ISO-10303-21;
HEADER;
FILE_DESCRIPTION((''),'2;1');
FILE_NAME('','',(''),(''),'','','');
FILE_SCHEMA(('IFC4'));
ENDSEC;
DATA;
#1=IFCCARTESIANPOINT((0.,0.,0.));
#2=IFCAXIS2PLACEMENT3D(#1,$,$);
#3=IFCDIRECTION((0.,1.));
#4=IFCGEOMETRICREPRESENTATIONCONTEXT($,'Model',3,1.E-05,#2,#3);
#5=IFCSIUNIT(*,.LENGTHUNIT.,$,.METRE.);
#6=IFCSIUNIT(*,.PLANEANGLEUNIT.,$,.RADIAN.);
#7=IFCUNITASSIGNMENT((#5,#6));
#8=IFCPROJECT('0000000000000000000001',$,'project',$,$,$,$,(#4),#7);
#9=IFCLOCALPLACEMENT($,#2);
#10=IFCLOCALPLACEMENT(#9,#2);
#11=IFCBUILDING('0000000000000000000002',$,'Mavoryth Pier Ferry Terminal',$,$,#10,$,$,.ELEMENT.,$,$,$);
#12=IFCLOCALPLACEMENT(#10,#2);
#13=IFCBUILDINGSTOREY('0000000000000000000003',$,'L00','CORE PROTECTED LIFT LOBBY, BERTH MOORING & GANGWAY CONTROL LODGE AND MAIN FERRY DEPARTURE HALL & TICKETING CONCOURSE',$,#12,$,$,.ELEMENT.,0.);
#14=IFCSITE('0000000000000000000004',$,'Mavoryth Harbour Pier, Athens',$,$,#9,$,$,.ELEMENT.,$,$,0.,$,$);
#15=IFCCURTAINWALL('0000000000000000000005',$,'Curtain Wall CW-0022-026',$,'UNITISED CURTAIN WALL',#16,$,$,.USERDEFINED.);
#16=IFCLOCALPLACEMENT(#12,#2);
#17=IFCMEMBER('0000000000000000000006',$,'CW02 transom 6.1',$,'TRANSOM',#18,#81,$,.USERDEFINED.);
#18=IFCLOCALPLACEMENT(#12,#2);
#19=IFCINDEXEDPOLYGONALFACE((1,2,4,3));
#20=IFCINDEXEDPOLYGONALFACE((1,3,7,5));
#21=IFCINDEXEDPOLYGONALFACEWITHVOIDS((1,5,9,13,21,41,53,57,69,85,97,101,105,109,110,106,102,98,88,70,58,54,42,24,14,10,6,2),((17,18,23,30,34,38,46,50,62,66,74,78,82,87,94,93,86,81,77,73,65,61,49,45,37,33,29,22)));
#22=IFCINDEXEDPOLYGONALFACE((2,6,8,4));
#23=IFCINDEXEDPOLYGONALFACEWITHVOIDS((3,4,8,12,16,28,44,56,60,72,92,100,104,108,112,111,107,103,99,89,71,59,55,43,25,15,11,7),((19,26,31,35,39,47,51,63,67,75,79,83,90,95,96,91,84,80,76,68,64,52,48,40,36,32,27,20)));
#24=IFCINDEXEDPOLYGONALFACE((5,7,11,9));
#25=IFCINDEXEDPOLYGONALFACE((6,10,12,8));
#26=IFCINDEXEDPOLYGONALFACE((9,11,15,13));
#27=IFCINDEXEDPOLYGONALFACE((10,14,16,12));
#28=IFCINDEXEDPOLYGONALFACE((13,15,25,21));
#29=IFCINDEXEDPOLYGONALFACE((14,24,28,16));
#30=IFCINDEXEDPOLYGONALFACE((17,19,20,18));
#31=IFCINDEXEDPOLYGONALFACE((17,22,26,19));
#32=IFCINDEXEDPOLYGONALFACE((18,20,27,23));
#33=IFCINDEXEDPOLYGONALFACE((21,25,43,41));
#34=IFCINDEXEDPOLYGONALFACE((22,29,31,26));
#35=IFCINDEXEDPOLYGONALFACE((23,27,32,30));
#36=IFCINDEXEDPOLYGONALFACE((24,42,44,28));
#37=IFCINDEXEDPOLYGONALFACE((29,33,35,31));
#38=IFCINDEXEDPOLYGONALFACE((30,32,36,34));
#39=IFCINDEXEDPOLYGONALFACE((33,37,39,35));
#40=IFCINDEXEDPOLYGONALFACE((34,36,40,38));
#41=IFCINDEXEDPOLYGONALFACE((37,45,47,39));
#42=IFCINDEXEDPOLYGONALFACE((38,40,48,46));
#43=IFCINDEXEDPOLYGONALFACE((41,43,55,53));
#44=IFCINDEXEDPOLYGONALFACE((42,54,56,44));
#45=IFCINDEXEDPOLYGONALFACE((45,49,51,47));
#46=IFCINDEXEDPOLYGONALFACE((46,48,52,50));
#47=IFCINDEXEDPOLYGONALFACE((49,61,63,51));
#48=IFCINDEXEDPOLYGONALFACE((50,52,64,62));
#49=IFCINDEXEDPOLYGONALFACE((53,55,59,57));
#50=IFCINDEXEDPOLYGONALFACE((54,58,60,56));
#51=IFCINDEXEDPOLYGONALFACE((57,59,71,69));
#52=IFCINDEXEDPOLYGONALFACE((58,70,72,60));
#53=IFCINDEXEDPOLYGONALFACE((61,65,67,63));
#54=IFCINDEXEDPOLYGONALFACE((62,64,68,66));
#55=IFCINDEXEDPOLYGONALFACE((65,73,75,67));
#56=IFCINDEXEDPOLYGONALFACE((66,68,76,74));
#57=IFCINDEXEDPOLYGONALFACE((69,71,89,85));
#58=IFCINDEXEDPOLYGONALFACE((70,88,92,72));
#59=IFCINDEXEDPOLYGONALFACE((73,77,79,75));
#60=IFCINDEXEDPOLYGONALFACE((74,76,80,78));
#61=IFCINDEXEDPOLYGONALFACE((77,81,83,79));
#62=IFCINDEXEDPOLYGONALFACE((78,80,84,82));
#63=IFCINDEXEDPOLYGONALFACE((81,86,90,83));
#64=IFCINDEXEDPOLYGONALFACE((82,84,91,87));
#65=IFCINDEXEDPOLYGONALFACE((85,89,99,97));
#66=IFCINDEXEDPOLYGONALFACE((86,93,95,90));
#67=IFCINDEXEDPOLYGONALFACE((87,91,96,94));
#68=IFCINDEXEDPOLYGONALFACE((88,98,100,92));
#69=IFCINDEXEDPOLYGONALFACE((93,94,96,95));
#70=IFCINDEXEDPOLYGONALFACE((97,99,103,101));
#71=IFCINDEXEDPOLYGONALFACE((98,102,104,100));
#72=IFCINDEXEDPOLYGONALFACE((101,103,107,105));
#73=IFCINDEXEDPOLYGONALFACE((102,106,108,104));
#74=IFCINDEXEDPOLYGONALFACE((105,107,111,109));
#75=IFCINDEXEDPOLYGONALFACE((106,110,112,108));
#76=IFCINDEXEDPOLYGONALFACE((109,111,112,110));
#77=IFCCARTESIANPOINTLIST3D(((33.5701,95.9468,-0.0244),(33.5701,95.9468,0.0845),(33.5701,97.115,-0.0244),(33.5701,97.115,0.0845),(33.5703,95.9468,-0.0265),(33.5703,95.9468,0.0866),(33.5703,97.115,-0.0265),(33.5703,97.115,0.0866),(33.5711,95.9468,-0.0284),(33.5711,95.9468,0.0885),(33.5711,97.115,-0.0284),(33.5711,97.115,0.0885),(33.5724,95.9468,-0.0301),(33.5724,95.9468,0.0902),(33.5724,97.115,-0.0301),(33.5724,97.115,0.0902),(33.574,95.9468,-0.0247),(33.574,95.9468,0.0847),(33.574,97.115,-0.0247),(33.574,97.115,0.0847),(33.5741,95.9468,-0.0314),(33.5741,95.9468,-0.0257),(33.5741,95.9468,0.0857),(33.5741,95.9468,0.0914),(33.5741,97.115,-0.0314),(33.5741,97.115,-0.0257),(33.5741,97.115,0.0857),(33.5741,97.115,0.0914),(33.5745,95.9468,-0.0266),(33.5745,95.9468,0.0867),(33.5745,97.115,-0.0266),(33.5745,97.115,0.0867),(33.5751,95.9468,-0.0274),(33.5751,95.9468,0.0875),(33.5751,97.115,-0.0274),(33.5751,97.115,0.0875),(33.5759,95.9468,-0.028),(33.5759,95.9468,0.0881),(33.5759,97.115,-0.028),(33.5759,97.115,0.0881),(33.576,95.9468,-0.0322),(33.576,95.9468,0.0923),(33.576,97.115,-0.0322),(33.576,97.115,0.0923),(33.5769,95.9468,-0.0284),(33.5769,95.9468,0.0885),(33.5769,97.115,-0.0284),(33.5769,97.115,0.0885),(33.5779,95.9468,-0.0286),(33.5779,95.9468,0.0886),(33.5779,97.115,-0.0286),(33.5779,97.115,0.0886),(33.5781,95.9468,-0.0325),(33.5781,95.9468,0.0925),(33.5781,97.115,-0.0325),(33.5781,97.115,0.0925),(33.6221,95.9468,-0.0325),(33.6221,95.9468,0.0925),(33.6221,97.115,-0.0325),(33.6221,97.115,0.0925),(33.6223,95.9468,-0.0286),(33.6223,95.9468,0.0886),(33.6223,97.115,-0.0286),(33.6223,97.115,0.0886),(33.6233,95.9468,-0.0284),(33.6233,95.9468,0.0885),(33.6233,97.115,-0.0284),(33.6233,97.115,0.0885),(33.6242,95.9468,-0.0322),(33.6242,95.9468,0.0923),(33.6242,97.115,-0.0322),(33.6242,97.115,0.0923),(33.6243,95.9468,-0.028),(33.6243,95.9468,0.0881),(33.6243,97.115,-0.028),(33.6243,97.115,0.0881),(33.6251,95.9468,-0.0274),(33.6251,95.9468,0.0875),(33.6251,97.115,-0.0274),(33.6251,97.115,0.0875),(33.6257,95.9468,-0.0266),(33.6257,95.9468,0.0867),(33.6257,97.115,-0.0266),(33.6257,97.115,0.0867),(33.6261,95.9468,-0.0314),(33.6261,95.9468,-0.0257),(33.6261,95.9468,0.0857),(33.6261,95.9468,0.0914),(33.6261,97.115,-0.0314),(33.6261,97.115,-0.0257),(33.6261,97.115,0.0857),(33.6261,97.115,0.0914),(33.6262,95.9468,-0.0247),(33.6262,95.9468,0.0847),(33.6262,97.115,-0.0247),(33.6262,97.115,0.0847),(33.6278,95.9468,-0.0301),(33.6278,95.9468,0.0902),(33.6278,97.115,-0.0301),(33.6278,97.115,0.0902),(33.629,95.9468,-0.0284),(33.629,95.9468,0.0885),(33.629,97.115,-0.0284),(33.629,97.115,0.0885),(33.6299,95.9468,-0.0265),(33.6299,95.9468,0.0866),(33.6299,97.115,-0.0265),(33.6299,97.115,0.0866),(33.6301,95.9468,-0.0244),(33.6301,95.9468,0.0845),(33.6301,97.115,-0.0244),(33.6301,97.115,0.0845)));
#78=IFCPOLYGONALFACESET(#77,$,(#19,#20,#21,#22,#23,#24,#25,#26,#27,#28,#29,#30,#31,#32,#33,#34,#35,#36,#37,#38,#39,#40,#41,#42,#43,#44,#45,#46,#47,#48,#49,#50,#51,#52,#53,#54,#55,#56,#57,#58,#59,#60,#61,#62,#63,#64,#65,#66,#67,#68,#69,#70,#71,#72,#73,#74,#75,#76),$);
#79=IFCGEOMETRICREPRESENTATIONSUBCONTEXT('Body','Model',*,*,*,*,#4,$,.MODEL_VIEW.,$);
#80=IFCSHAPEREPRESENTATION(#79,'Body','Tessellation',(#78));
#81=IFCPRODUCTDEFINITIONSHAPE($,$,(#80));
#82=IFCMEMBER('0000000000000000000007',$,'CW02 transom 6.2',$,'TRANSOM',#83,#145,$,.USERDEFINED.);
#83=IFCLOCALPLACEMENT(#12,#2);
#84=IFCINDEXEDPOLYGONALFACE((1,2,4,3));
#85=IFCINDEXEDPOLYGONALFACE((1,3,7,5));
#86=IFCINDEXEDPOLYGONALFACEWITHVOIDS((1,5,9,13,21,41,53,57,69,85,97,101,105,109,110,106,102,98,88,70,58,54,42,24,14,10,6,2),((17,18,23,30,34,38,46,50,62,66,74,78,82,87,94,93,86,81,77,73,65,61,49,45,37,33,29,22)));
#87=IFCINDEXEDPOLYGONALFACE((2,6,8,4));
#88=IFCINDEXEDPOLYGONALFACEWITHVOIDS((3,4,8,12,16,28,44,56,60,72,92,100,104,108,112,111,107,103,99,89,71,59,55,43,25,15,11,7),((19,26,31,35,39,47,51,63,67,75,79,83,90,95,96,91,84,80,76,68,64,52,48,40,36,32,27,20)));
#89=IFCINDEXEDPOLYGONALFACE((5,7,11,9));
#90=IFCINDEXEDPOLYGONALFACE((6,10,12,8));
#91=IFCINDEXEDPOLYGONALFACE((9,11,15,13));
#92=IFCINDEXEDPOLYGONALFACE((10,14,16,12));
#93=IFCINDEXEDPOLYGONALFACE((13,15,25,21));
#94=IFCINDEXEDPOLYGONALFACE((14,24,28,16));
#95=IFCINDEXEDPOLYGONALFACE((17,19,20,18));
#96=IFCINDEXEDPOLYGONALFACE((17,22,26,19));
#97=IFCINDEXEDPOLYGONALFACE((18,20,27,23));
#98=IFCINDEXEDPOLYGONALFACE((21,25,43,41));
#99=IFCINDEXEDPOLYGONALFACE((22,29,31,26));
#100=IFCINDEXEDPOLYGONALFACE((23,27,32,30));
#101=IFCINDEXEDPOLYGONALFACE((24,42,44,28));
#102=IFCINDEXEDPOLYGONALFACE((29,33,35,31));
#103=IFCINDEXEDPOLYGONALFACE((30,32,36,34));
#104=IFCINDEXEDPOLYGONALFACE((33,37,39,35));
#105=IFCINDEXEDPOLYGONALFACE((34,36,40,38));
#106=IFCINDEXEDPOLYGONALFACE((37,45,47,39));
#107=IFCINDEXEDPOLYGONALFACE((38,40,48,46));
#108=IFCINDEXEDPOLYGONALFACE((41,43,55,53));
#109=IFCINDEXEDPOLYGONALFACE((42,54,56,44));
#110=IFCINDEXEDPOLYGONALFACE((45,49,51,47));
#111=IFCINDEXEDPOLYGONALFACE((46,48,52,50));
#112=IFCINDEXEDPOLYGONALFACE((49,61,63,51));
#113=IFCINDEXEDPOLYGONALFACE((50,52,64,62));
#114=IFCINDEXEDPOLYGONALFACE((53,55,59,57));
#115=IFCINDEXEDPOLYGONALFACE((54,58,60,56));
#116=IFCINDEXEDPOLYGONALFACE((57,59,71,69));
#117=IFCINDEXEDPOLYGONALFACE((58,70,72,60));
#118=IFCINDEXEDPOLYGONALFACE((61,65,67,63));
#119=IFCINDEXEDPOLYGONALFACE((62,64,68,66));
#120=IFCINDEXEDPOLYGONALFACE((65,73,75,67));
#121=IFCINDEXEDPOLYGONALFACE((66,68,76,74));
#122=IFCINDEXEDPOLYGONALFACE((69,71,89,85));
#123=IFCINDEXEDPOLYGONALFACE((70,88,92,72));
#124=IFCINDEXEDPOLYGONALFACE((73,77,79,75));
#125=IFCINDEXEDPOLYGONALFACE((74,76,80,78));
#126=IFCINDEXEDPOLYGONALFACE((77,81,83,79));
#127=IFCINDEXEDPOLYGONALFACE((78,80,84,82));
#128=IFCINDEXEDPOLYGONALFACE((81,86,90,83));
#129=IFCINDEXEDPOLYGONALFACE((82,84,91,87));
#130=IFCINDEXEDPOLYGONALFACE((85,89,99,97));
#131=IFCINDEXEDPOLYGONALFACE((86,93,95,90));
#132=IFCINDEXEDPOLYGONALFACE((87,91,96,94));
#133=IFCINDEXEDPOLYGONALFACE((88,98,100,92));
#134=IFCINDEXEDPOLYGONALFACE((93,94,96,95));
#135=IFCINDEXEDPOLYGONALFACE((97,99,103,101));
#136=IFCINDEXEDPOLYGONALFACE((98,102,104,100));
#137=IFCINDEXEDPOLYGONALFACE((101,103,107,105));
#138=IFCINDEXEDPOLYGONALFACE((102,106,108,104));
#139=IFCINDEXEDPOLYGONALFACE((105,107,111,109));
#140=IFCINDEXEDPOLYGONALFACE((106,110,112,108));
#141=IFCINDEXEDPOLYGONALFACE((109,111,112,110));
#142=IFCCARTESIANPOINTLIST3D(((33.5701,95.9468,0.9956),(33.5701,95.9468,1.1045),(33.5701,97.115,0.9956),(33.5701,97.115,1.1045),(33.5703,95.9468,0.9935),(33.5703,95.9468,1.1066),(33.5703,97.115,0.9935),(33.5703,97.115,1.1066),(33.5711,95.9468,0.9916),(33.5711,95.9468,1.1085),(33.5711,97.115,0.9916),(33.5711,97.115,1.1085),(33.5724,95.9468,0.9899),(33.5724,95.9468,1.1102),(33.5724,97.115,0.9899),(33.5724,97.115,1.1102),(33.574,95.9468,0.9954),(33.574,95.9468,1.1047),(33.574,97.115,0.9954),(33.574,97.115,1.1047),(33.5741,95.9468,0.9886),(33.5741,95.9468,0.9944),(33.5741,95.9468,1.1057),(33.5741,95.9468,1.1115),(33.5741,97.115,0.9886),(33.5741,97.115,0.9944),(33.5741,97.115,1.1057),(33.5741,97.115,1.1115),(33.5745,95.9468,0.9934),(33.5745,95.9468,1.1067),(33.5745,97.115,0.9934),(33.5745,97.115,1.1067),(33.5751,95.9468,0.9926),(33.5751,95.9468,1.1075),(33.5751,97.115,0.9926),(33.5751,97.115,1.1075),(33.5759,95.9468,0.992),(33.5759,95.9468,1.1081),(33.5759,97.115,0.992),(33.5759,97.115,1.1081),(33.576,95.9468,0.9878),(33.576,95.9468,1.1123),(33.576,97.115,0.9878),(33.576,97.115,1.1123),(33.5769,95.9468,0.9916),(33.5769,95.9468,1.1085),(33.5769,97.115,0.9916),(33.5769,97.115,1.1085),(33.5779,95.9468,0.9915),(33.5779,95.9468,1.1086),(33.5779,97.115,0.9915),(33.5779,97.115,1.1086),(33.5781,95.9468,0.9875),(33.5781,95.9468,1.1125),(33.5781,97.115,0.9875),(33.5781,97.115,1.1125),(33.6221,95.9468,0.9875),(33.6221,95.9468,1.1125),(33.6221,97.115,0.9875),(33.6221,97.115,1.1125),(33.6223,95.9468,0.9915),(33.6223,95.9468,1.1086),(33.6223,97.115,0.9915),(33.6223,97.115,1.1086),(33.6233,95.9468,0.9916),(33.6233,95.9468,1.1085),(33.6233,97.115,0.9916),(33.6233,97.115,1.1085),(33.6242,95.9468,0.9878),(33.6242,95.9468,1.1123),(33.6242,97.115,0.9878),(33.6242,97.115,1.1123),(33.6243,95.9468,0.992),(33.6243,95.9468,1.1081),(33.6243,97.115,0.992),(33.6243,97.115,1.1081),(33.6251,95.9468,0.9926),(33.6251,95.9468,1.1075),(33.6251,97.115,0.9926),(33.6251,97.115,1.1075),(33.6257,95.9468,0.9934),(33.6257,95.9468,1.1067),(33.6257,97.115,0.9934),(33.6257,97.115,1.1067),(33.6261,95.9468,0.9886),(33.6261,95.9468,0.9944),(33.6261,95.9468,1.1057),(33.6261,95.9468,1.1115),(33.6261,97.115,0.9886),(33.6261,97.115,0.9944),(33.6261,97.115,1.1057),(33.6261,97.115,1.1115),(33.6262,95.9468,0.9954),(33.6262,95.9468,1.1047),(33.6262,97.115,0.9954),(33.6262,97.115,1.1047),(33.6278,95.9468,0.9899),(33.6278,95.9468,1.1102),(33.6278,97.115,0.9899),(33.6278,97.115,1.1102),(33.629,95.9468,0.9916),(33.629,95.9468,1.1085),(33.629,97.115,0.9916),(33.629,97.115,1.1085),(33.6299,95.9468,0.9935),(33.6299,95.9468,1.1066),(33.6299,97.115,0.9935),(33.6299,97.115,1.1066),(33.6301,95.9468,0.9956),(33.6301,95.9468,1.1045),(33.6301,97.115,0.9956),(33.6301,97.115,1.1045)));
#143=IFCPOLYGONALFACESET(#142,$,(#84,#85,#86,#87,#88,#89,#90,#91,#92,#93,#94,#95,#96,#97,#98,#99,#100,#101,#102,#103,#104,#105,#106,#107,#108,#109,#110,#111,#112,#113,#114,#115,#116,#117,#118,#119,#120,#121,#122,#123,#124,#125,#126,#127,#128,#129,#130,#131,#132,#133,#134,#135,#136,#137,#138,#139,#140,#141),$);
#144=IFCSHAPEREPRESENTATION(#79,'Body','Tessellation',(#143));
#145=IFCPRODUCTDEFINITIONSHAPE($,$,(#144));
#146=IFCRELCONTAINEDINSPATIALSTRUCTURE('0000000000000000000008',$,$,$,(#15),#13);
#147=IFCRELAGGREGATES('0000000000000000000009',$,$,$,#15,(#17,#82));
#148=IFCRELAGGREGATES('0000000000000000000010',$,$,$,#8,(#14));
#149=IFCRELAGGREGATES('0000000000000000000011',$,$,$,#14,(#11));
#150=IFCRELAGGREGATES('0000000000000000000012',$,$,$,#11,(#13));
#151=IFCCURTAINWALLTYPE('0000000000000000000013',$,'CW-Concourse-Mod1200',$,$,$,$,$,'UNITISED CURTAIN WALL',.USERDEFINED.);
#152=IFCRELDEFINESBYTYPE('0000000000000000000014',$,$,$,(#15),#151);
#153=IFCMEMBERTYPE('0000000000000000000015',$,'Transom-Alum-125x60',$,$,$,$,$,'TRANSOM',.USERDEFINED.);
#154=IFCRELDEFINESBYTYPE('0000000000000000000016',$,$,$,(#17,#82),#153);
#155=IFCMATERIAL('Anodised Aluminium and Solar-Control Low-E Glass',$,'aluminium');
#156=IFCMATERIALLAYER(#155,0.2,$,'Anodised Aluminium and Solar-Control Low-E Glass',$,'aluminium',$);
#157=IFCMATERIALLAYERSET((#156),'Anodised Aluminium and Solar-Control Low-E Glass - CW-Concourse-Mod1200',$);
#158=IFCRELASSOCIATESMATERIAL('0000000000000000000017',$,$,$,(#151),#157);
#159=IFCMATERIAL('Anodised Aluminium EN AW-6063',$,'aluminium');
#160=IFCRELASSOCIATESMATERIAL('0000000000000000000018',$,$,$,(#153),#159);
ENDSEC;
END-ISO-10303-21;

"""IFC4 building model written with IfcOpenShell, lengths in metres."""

from ifc_helpers import new_model, si_unit, direction, frame, origin, origin_2d, place, context, subcontext, project, spatial, hollow_rectangle, extrude, material, layer, layer_set, material_profile, profile_set, type_object, element, aggregate, save


model = new_model("IFC4")

# Units and contexts
model_context = context("Model", 3, precision=1e-05, world=origin(), true_north=direction((0.0, 1.0)))
body_context = subcontext(model_context, "Body", "Model", "MODEL_VIEW")
ifc_project = project(units=[si_unit("LENGTHUNIT", "METRE"), si_unit("PLANEANGLEUNIT", "RADIAN")], contexts=[model_context])

# Site, building, storey
site_placement = place(None, origin())
site = spatial("IfcSite", under=ifc_project, at=site_placement, Name="Mavoryth Harbour Pier, Athens", CompositionType="ELEMENT", RefElevation=0.0)
building_placement = place(site_placement, origin())
building = spatial("IfcBuilding", under=site, at=building_placement, Name="Mavoryth Pier Ferry Terminal", CompositionType="ELEMENT")
storey_placement = place(building_placement, origin())
storey = spatial("IfcBuildingStorey", under=building, at=storey_placement, Name="L00", Description="CORE PROTECTED LIFT LOBBY, BERTH MOORING & GANGWAY CONTROL LODGE AND MAIN FERRY DEPARTURE HALL & TICKETING CONCOURSE", CompositionType="ELEMENT", Elevation=0.0)

# Curtain wall, members
ifc_material_1 = material(Name="Anodised Aluminium and Solar-Control Low-E Glass", Category="aluminium")
ifc_layer_1 = layer(ifc_material_1, 0.2, Name="Anodised Aluminium and Solar-Control Low-E Glass", Category="aluminium")
ifc_layer_set_1 = layer_set([ifc_layer_1], Name="Anodised Aluminium and Solar-Control Low-E Glass - CW-Concourse-Mod1200")
curtain_wall_type = type_object("IfcCurtainWallType", Name="CW-Concourse-Mod1200", ElementType="UNITISED CURTAIN WALL", PredefinedType="USERDEFINED", material=ifc_layer_set_1)
curtain_wall_placement = place(storey_placement, origin())
curtain_wall = element("IfcCurtainWall", 1, at=curtain_wall_placement, inside=storey, type_object=curtain_wall_type, Name="Curtain Wall CW-0022-026", ObjectType="UNITISED CURTAIN WALL", PredefinedType="USERDEFINED")
ifc_material_2 = material(Name="Anodised Aluminium EN AW-6063", Category="aluminium")
ifc_material_profile_1 = material_profile(ifc_material_2, hollow_rectangle(XDim=0.0601, YDim=0.125, WallThickness=0.0039, InnerFilletRadius=0.0039, OuterFilletRadius=0.0081, at=origin_2d()), Name="AL-TRAN 125x60x4", Category="aluminium")
ifc_profile_set_1 = profile_set([ifc_material_profile_1], Name="Anodised Aluminium EN AW-6063 - AL-TRAN 125x60x4")
member_type_1 = type_object("IfcMemberType", Name="Transom-Alum-125x60", ElementType="TRANSOM", PredefinedType="USERDEFINED", material=ifc_profile_set_1)
member_1_placement = place(storey_placement, frame((33.6001, 95.9468, 0.03), z_axis=(0.0, 1.0, 0.0), x_axis=(-1.0, 0.0, 0.0)))
member_1 = element("IfcMember", 2, at=member_1_placement, type_object=member_type_1, Name="CW02 transom 6.1", ObjectType="TRANSOM", PredefinedType="USERDEFINED", context=body_context, shape_type="SweptSolid", body=[
    extrude(hollow_rectangle(XDim=0.0601, YDim=0.125, WallThickness=0.0039, InnerFilletRadius=0.0039, OuterFilletRadius=0.0081, at=origin_2d()), origin(), (0.0, 0.0, 1.0), 1.1682),
])
member_2_placement = place(storey_placement, frame((33.6001, 95.9468, 1.05), z_axis=(0.0, 1.0, 0.0), x_axis=(-1.0, 0.0, 0.0)))
member_2 = element("IfcMember", 3, at=member_2_placement, type_object=member_type_1, Name="CW02 transom 6.2", ObjectType="TRANSOM", PredefinedType="USERDEFINED", context=body_context, shape_type="SweptSolid", body=[
    extrude(hollow_rectangle(XDim=0.0601, YDim=0.125, WallThickness=0.0039, InnerFilletRadius=0.0039, OuterFilletRadius=0.0081, at=origin_2d()), origin(), (0.0, 0.0, 1.0), 1.1682),
])
aggregate(curtain_wall, [member_1, member_2])

save(model, "model.ifc")
